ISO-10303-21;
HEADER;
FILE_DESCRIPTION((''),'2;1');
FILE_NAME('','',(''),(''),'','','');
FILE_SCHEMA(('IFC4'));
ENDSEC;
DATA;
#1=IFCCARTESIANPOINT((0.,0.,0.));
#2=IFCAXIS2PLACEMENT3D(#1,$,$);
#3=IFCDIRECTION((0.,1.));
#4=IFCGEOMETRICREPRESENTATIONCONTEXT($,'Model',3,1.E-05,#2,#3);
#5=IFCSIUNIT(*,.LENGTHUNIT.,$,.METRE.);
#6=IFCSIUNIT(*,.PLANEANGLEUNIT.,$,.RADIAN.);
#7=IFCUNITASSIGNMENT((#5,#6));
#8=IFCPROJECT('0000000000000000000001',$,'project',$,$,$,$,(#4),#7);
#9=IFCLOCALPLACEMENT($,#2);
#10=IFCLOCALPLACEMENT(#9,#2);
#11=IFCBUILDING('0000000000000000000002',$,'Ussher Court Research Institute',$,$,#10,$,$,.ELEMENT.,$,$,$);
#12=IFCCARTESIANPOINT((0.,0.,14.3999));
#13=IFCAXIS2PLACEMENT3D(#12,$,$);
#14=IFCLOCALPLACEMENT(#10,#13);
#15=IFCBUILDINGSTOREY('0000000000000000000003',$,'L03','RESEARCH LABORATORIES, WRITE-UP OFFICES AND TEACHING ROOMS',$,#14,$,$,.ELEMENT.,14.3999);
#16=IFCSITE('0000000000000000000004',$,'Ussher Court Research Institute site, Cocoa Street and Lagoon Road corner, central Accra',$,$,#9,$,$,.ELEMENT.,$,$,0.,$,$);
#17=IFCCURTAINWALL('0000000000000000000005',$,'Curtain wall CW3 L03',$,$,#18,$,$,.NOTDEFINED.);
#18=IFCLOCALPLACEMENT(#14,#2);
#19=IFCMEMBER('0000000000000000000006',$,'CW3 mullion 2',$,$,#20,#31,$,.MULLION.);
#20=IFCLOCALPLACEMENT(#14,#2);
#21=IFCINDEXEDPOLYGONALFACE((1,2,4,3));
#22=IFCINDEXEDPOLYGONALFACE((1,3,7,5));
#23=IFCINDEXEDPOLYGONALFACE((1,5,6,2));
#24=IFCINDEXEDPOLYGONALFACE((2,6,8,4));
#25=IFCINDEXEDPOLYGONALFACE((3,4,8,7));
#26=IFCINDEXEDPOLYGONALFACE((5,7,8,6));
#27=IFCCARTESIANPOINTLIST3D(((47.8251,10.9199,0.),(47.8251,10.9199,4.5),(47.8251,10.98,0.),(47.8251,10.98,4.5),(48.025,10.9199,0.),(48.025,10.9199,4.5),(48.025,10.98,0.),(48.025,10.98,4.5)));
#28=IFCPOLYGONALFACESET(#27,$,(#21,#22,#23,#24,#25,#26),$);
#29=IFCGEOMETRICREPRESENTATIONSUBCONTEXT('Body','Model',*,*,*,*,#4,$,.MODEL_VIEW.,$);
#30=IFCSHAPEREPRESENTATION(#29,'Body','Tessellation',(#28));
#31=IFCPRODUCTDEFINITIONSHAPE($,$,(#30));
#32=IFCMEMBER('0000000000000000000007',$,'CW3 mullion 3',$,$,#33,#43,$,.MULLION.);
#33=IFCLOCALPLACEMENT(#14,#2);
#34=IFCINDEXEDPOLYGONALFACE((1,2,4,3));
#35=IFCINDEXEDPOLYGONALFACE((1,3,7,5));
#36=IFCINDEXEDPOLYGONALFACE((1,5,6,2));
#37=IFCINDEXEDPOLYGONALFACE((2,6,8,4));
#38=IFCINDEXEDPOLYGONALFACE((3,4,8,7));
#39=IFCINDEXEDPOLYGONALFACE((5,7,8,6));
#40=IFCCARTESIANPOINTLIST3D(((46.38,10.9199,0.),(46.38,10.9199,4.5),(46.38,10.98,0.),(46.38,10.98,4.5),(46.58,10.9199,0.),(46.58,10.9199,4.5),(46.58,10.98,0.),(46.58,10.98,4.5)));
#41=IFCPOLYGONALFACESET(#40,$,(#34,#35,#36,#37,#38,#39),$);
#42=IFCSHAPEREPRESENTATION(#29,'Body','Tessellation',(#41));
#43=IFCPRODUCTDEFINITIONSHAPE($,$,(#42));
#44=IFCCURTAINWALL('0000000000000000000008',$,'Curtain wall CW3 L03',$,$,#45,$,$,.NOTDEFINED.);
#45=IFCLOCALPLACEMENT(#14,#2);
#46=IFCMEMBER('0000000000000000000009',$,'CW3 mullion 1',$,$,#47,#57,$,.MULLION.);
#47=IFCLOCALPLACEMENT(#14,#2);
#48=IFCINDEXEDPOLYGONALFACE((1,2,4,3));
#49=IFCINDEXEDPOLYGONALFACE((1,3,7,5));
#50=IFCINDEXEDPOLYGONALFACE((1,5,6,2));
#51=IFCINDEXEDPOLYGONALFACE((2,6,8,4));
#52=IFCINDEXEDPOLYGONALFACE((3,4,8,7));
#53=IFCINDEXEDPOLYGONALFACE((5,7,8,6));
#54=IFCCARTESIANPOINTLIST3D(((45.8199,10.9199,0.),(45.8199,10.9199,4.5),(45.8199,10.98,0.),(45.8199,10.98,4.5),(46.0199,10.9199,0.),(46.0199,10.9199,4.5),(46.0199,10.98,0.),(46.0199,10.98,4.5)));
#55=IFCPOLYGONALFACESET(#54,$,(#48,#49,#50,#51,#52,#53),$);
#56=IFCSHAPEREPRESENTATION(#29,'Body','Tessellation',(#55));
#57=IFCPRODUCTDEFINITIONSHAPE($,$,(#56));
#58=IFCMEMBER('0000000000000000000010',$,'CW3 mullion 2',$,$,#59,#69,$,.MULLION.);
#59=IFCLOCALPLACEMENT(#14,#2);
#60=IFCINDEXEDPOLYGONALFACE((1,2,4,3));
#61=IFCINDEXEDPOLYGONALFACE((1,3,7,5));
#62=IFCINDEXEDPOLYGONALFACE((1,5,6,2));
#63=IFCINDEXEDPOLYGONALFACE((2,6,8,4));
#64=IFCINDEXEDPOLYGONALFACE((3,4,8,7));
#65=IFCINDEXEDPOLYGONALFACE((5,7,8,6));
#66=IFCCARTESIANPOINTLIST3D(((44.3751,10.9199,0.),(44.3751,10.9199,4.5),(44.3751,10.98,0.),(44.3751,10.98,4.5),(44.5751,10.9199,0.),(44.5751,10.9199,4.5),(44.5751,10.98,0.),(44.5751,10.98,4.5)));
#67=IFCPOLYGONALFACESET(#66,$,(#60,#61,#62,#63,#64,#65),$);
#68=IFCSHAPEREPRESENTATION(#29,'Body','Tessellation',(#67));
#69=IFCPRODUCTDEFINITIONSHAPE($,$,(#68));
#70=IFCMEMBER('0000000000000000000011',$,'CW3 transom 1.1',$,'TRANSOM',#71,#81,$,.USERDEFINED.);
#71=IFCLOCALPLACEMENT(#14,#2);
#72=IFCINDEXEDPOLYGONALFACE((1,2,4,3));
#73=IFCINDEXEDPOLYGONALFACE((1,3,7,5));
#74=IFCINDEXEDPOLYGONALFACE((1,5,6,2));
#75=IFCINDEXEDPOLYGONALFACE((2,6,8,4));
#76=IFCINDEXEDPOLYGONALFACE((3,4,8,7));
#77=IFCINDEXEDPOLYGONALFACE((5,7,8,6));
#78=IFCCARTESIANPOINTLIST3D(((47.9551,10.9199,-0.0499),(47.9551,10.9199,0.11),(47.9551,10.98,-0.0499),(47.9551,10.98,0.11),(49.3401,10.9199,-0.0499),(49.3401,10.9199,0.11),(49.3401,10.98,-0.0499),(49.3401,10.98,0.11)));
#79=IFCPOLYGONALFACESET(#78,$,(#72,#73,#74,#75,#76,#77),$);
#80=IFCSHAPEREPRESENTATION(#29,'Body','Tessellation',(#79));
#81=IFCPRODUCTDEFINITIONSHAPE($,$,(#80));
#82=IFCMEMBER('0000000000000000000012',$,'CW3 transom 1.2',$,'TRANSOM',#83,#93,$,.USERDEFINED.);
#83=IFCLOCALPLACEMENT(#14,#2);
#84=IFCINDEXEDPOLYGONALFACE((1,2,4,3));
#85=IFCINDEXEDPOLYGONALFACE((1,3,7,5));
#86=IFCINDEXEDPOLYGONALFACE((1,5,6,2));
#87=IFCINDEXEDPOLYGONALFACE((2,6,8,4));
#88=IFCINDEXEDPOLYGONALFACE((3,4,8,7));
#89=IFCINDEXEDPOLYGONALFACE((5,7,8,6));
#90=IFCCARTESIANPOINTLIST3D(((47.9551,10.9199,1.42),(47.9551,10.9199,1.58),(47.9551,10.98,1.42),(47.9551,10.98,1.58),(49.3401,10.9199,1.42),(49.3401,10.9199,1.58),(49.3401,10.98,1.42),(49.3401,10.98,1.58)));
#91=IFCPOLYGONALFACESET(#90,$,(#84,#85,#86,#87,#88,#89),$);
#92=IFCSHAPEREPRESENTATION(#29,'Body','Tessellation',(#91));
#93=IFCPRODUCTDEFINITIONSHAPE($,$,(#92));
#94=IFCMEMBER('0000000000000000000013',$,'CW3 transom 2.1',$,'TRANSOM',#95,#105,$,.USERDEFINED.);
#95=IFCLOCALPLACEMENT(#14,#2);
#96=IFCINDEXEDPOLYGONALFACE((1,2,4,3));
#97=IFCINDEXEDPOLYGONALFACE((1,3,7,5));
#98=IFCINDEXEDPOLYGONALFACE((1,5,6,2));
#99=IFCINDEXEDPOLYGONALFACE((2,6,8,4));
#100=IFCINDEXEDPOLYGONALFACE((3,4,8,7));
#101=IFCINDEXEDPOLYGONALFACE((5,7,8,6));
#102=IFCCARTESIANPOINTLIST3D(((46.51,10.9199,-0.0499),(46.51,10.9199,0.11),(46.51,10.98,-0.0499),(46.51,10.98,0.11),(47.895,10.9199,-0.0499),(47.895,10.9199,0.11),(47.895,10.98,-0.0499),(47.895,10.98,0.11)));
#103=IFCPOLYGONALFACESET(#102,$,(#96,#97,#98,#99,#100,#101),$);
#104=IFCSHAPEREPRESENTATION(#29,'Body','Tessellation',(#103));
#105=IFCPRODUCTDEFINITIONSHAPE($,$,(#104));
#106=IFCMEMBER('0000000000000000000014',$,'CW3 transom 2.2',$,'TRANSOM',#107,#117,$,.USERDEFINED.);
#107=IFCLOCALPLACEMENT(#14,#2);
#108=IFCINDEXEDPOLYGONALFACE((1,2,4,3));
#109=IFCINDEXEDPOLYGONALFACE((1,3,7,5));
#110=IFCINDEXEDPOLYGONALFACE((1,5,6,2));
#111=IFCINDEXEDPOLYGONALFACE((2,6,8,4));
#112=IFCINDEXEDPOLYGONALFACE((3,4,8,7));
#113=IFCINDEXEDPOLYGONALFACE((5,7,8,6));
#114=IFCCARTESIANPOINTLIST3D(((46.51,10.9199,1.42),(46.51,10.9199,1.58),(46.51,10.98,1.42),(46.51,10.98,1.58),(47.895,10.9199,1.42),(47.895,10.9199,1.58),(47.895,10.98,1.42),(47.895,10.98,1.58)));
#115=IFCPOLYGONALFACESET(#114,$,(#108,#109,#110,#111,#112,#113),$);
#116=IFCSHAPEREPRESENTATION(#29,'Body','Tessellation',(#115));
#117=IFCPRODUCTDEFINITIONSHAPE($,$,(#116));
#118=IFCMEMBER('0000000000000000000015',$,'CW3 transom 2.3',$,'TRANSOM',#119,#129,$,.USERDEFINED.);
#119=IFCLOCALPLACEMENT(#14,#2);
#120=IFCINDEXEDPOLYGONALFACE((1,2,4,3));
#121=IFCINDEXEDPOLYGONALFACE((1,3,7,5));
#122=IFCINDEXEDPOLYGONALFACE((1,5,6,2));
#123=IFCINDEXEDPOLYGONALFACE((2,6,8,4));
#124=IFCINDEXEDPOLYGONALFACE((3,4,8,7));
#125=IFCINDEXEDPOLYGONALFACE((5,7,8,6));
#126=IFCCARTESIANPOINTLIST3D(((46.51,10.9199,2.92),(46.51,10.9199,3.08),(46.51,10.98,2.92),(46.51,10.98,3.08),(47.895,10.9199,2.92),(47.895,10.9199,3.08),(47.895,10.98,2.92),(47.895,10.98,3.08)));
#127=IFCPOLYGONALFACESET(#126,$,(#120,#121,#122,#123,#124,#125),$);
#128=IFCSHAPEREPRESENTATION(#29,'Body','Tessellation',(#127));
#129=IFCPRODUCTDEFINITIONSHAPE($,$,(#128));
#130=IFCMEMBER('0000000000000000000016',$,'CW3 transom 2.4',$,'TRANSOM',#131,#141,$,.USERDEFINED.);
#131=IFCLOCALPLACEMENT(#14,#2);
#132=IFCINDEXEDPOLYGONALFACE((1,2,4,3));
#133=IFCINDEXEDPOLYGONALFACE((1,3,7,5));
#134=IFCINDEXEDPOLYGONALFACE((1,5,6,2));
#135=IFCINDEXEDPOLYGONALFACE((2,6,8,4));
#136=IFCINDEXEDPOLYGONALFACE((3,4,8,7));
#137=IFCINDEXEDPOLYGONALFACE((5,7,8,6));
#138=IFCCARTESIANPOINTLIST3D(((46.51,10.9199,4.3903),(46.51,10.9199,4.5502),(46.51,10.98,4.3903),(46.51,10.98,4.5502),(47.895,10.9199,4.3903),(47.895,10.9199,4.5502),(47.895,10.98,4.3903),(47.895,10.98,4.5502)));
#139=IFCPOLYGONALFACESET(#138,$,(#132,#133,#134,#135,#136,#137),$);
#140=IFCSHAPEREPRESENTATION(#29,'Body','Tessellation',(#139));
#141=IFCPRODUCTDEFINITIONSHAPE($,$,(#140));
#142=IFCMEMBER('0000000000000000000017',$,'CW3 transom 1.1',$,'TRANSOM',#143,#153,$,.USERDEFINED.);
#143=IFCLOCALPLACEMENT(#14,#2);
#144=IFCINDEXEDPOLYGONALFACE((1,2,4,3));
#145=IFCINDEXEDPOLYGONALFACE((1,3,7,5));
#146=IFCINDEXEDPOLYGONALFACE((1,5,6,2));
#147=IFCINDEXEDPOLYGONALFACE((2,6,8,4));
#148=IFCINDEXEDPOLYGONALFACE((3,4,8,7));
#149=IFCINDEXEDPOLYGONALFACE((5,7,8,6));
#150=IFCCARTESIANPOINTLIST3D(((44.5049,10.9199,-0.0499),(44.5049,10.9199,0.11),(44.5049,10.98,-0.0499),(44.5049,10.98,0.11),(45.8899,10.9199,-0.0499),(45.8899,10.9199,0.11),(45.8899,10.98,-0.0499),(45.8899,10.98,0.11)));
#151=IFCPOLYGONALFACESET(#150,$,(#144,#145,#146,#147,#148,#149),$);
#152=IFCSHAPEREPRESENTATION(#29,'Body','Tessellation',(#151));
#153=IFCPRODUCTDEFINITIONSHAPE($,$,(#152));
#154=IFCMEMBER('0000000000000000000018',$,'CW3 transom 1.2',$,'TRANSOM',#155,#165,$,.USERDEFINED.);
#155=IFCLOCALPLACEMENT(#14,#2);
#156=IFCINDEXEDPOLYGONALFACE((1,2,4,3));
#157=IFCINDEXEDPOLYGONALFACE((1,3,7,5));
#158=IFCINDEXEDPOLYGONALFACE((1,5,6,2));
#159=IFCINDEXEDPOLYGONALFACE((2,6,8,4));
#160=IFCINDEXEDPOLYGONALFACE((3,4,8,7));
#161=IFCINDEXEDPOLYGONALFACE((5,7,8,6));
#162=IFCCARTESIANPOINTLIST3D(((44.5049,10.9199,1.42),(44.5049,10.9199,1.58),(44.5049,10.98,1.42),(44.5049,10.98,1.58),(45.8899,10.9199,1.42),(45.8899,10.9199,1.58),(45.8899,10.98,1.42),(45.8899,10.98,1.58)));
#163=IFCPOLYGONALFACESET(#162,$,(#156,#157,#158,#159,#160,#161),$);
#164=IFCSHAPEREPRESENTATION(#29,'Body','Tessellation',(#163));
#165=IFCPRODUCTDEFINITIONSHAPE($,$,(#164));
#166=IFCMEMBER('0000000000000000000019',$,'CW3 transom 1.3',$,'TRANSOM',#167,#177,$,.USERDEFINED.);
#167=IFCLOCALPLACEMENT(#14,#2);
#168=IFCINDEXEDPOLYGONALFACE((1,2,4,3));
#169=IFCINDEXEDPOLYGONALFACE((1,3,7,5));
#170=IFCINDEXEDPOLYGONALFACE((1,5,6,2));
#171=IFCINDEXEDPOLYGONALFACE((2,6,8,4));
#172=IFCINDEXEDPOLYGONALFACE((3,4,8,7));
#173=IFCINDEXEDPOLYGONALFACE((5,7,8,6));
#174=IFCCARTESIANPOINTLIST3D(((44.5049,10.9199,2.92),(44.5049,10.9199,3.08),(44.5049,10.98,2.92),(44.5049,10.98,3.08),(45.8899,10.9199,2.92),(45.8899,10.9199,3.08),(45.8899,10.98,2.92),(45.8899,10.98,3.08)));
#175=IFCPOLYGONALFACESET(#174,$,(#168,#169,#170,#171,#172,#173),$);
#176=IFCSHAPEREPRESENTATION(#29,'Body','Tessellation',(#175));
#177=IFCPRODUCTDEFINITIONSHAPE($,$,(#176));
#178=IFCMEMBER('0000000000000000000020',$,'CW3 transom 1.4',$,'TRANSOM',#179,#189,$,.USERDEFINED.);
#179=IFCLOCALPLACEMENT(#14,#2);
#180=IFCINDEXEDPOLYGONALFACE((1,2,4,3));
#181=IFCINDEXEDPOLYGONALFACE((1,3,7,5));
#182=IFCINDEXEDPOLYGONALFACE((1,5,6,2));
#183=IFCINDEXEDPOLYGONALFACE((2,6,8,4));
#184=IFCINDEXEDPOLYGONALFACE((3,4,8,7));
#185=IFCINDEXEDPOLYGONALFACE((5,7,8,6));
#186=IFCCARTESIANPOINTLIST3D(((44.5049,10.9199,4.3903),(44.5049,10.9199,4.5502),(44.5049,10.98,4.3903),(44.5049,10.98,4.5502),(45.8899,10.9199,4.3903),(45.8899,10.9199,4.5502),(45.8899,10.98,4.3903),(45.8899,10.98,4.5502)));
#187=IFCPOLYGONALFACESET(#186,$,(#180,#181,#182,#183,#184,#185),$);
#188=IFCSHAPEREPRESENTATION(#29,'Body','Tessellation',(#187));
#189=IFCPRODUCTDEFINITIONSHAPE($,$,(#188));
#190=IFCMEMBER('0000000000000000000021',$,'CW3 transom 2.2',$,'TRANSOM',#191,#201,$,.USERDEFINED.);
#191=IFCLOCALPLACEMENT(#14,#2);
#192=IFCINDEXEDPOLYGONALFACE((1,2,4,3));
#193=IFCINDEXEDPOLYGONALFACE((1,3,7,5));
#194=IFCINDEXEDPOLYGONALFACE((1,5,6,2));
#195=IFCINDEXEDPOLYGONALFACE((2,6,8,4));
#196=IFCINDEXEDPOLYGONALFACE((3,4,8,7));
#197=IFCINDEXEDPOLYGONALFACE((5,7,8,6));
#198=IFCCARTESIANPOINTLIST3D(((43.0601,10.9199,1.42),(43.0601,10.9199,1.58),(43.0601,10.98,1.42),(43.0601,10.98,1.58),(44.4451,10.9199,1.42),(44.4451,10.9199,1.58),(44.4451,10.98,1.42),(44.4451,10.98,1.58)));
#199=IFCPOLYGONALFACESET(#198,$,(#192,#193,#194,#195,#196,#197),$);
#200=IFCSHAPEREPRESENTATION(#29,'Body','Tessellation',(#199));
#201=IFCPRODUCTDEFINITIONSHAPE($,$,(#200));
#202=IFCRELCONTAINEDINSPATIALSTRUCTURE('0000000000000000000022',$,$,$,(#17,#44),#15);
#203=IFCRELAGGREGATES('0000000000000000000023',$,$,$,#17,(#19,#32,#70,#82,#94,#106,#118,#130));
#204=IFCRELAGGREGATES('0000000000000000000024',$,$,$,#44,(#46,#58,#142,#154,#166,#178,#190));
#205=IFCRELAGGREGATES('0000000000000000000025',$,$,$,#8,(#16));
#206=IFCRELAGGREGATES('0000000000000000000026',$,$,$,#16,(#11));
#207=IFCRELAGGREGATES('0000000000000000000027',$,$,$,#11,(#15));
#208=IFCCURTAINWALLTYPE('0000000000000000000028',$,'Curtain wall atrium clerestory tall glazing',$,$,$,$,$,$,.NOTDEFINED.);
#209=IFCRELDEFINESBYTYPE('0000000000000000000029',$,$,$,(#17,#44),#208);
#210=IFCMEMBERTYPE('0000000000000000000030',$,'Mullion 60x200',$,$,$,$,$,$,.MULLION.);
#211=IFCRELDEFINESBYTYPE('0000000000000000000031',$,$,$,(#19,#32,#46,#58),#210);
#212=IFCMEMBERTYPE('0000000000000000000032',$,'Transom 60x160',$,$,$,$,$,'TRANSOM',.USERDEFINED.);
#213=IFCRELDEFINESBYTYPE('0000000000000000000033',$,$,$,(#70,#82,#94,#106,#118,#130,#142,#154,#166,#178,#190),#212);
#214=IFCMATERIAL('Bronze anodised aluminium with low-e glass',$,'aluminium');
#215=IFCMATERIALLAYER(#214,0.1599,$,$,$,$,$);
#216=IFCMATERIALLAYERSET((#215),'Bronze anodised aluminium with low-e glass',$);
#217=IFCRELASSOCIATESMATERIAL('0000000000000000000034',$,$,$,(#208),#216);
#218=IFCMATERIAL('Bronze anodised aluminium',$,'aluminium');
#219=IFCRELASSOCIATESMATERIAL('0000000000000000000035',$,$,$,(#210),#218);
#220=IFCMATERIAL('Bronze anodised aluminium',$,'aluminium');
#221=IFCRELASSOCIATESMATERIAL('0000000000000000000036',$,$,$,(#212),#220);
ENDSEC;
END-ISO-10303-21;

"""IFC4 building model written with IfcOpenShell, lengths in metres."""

from ifc_helpers import new_model, si_unit, direction, frame, origin, origin_2d, place, context, subcontext, project, spatial, rectangle, extrude, material, layer, layer_set, material_profile, profile_set, type_object, element, aggregate, save


model = new_model("IFC4")

# Units and contexts
model_context = context("Model", 3, precision=1e-05, world=origin(), true_north=direction((0.0, 1.0)))
body_context = subcontext(model_context, "Body", "Model", "MODEL_VIEW")
ifc_project = project(units=[si_unit("LENGTHUNIT", "METRE"), si_unit("PLANEANGLEUNIT", "RADIAN")], contexts=[model_context])

# Site, building, storey
site_placement = place(None, origin())
site = spatial("IfcSite", under=ifc_project, at=site_placement, Name="Ussher Court Research Institute site, Cocoa Street and Lagoon Road corner, central Accra", CompositionType="ELEMENT", RefElevation=0.0)
building_placement = place(site_placement, origin())
building = spatial("IfcBuilding", under=site, at=building_placement, Name="Ussher Court Research Institute", CompositionType="ELEMENT")
storey_placement = place(building_placement, frame((0.0, 0.0, 14.3999)))
storey = spatial("IfcBuildingStorey", under=building, at=storey_placement, Name="L03", Description="RESEARCH LABORATORIES, WRITE-UP OFFICES AND TEACHING ROOMS", CompositionType="ELEMENT", Elevation=14.3999)

# Curtain walls, members
ifc_material_1 = material(Name="Bronze anodised aluminium with low-e glass", Category="aluminium")
ifc_layer_1 = layer(ifc_material_1, 0.1599)
ifc_layer_set_1 = layer_set([ifc_layer_1], Name="Bronze anodised aluminium with low-e glass")
curtain_wall_type = type_object("IfcCurtainWallType", Name="Curtain wall atrium clerestory tall glazing", PredefinedType="NOTDEFINED", material=ifc_layer_set_1)
curtain_wall_1_placement = place(storey_placement, origin())
curtain_wall_1 = element("IfcCurtainWall", 1, at=curtain_wall_1_placement, inside=storey, type_object=curtain_wall_type, Name="Curtain wall CW3 L03", PredefinedType="NOTDEFINED")
ifc_material_2 = material(Name="Bronze anodised aluminium", Category="aluminium")
ifc_material_profile_1 = material_profile(ifc_material_2, rectangle(XDim=0.0601, YDim=0.2, at=origin_2d()), Name="Mullion 60x200")
ifc_profile_set_1 = profile_set([ifc_material_profile_1], Name="Bronze anodised aluminium")
member_type_1 = type_object("IfcMemberType", Name="Mullion 60x200", PredefinedType="MULLION", material=ifc_profile_set_1)
member_1_placement = place(storey_placement, frame((47.925, 10.95, 0.0), z_axis=(0.0, 0.0, 1.0), x_axis=(0.0, -1.0, 0.0)))
member_1 = element("IfcMember", 2, at=member_1_placement, type_object=member_type_1, Name="CW3 mullion 2", PredefinedType="MULLION", context=body_context, shape_type="SweptSolid", body=[
    extrude(rectangle(XDim=0.0601, YDim=0.2, at=origin_2d()), origin(), (0.0, 0.0, 1.0), 4.5),
])
member_2_placement = place(storey_placement, frame((46.48, 10.95, 0.0), z_axis=(0.0, 0.0, 1.0), x_axis=(0.0, -1.0, 0.0)))
member_2 = element("IfcMember", 3, at=member_2_placement, type_object=member_type_1, Name="CW3 mullion 3", PredefinedType="MULLION", context=body_context, shape_type="SweptSolid", body=[
    extrude(rectangle(XDim=0.0601, YDim=0.2, at=origin_2d()), origin(), (0.0, 0.0, 1.0), 4.5),
])
curtain_wall_2_placement = place(storey_placement, origin())
curtain_wall_2 = element("IfcCurtainWall", 4, at=curtain_wall_2_placement, inside=storey, type_object=curtain_wall_type, Name="Curtain wall CW3 L03", PredefinedType="NOTDEFINED")
member_3_placement = place(storey_placement, frame((45.9199, 10.95, 0.0), z_axis=(0.0, 0.0, 1.0), x_axis=(0.0, -1.0, 0.0)))
member_3 = element("IfcMember", 5, at=member_3_placement, type_object=member_type_1, Name="CW3 mullion 1", PredefinedType="MULLION", context=body_context, shape_type="SweptSolid", body=[
    extrude(rectangle(XDim=0.0601, YDim=0.2, at=origin_2d()), origin(), (0.0, 0.0, 1.0), 4.5),
])
member_4_placement = place(storey_placement, frame((44.4751, 10.95, 0.0), z_axis=(0.0, 0.0, 1.0), x_axis=(0.0, -1.0, 0.0)))
member_4 = element("IfcMember", 6, at=member_4_placement, type_object=member_type_1, Name="CW3 mullion 2", PredefinedType="MULLION", context=body_context, shape_type="SweptSolid", body=[
    extrude(rectangle(XDim=0.0601, YDim=0.2, at=origin_2d()), origin(), (0.0, 0.0, 1.0), 4.5),
])

# Members
ifc_material_3 = material(Name="Bronze anodised aluminium", Category="aluminium")
ifc_material_profile_2 = material_profile(ifc_material_3, rectangle(XDim=0.0601, YDim=0.1599, at=origin_2d()), Name="Transom 60x160")
ifc_profile_set_2 = profile_set([ifc_material_profile_2], Name="Bronze anodised aluminium")
member_type_2 = type_object("IfcMemberType", Name="Transom 60x160", ElementType="TRANSOM", PredefinedType="USERDEFINED", material=ifc_profile_set_2)
member_5_placement = place(storey_placement, frame((49.3401, 10.95, 0.03), z_axis=(-1.0, 0.0, 0.0), x_axis=(0.0, -1.0, 0.0)))
member_5 = element("IfcMember", 7, at=member_5_placement, type_object=member_type_2, Name="CW3 transom 1.1", ObjectType="TRANSOM", PredefinedType="USERDEFINED", context=body_context, shape_type="SweptSolid", body=[
    extrude(rectangle(XDim=0.0601, YDim=0.1599, at=origin_2d()), origin(), (0.0, 0.0, 1.0), 1.385),
])
member_6_placement = place(storey_placement, frame((49.3401, 10.95, 1.5), z_axis=(-1.0, 0.0, 0.0), x_axis=(0.0, -1.0, 0.0)))
member_6 = element("IfcMember", 8, at=member_6_placement, type_object=member_type_2, Name="CW3 transom 1.2", ObjectType="TRANSOM", PredefinedType="USERDEFINED", context=body_context, shape_type="SweptSolid", body=[
    extrude(rectangle(XDim=0.0601, YDim=0.1599, at=origin_2d()), origin(), (0.0, 0.0, 1.0), 1.385),
])
member_7_placement = place(storey_placement, frame((47.895, 10.95, 0.03), z_axis=(-1.0, 0.0, 0.0), x_axis=(0.0, -1.0, 0.0)))
member_7 = element("IfcMember", 9, at=member_7_placement, type_object=member_type_2, Name="CW3 transom 2.1", ObjectType="TRANSOM", PredefinedType="USERDEFINED", context=body_context, shape_type="SweptSolid", body=[
    extrude(rectangle(XDim=0.0601, YDim=0.1599, at=origin_2d()), origin(), (0.0, 0.0, 1.0), 1.385),
])
member_8_placement = place(storey_placement, frame((47.895, 10.95, 1.5), z_axis=(-1.0, 0.0, 0.0), x_axis=(0.0, -1.0, 0.0)))
member_8 = element("IfcMember", 10, at=member_8_placement, type_object=member_type_2, Name="CW3 transom 2.2", ObjectType="TRANSOM", PredefinedType="USERDEFINED", context=body_context, shape_type="SweptSolid", body=[
    extrude(rectangle(XDim=0.0601, YDim=0.1599, at=origin_2d()), origin(), (0.0, 0.0, 1.0), 1.385),
])
member_9_placement = place(storey_placement, frame((47.895, 10.95, 3.0), z_axis=(-1.0, 0.0, 0.0), x_axis=(0.0, -1.0, 0.0)))
member_9 = element("IfcMember", 11, at=member_9_placement, type_object=member_type_2, Name="CW3 transom 2.3", ObjectType="TRANSOM", PredefinedType="USERDEFINED", context=body_context, shape_type="SweptSolid", body=[
    extrude(rectangle(XDim=0.0601, YDim=0.1599, at=origin_2d()), origin(), (0.0, 0.0, 1.0), 1.385),
])
member_10_placement = place(storey_placement, frame((47.895, 10.95, 4.4702), z_axis=(-1.0, 0.0, 0.0), x_axis=(0.0, -1.0, 0.0)))
member_10 = element("IfcMember", 12, at=member_10_placement, type_object=member_type_2, Name="CW3 transom 2.4", ObjectType="TRANSOM", PredefinedType="USERDEFINED", context=body_context, shape_type="SweptSolid", body=[
    extrude(rectangle(XDim=0.0601, YDim=0.1599, at=origin_2d()), origin(), (0.0, 0.0, 1.0), 1.385),
])
member_11_placement = place(storey_placement, frame((45.8899, 10.95, 0.03), z_axis=(-1.0, 0.0, 0.0), x_axis=(0.0, -1.0, 0.0)))
member_11 = element("IfcMember", 13, at=member_11_placement, type_object=member_type_2, Name="CW3 transom 1.1", ObjectType="TRANSOM", PredefinedType="USERDEFINED", context=body_context, shape_type="SweptSolid", body=[
    extrude(rectangle(XDim=0.0601, YDim=0.1599, at=origin_2d()), origin(), (0.0, 0.0, 1.0), 1.385),
])
member_12_placement = place(storey_placement, frame((45.8899, 10.95, 1.5), z_axis=(-1.0, 0.0, 0.0), x_axis=(0.0, -1.0, 0.0)))
member_12 = element("IfcMember", 14, at=member_12_placement, type_object=member_type_2, Name="CW3 transom 1.2", ObjectType="TRANSOM", PredefinedType="USERDEFINED", context=body_context, shape_type="SweptSolid", body=[
    extrude(rectangle(XDim=0.0601, YDim=0.1599, at=origin_2d()), origin(), (0.0, 0.0, 1.0), 1.385),
])
member_13_placement = place(storey_placement, frame((45.8899, 10.95, 3.0), z_axis=(-1.0, 0.0, 0.0), x_axis=(0.0, -1.0, 0.0)))
member_13 = element("IfcMember", 15, at=member_13_placement, type_object=member_type_2, Name="CW3 transom 1.3", ObjectType="TRANSOM", PredefinedType="USERDEFINED", context=body_context, shape_type="SweptSolid", body=[
    extrude(rectangle(XDim=0.0601, YDim=0.1599, at=origin_2d()), origin(), (0.0, 0.0, 1.0), 1.385),
])
member_14_placement = place(storey_placement, frame((45.8899, 10.95, 4.4702), z_axis=(-1.0, 0.0, 0.0), x_axis=(0.0, -1.0, 0.0)))
member_14 = element("IfcMember", 16, at=member_14_placement, type_object=member_type_2, Name="CW3 transom 1.4", ObjectType="TRANSOM", PredefinedType="USERDEFINED", context=body_context, shape_type="SweptSolid", body=[
    extrude(rectangle(XDim=0.0601, YDim=0.1599, at=origin_2d()), origin(), (0.0, 0.0, 1.0), 1.385),
])
member_15_placement = place(storey_placement, frame((44.4451, 10.95, 1.5), z_axis=(-1.0, 0.0, 0.0), x_axis=(0.0, -1.0, 0.0)))
member_15 = element("IfcMember", 17, at=member_15_placement, type_object=member_type_2, Name="CW3 transom 2.2", ObjectType="TRANSOM", PredefinedType="USERDEFINED", context=body_context, shape_type="SweptSolid", body=[
    extrude(rectangle(XDim=0.0601, YDim=0.1599, at=origin_2d()), origin(), (0.0, 0.0, 1.0), 1.385),
])

aggregate(curtain_wall_1, [member_1, member_2, member_5, member_6, member_7, member_8, member_9, member_10])
aggregate(curtain_wall_2, [member_3, member_4, member_11, member_12, member_13, member_14, member_15])

save(model, "model.ifc")
